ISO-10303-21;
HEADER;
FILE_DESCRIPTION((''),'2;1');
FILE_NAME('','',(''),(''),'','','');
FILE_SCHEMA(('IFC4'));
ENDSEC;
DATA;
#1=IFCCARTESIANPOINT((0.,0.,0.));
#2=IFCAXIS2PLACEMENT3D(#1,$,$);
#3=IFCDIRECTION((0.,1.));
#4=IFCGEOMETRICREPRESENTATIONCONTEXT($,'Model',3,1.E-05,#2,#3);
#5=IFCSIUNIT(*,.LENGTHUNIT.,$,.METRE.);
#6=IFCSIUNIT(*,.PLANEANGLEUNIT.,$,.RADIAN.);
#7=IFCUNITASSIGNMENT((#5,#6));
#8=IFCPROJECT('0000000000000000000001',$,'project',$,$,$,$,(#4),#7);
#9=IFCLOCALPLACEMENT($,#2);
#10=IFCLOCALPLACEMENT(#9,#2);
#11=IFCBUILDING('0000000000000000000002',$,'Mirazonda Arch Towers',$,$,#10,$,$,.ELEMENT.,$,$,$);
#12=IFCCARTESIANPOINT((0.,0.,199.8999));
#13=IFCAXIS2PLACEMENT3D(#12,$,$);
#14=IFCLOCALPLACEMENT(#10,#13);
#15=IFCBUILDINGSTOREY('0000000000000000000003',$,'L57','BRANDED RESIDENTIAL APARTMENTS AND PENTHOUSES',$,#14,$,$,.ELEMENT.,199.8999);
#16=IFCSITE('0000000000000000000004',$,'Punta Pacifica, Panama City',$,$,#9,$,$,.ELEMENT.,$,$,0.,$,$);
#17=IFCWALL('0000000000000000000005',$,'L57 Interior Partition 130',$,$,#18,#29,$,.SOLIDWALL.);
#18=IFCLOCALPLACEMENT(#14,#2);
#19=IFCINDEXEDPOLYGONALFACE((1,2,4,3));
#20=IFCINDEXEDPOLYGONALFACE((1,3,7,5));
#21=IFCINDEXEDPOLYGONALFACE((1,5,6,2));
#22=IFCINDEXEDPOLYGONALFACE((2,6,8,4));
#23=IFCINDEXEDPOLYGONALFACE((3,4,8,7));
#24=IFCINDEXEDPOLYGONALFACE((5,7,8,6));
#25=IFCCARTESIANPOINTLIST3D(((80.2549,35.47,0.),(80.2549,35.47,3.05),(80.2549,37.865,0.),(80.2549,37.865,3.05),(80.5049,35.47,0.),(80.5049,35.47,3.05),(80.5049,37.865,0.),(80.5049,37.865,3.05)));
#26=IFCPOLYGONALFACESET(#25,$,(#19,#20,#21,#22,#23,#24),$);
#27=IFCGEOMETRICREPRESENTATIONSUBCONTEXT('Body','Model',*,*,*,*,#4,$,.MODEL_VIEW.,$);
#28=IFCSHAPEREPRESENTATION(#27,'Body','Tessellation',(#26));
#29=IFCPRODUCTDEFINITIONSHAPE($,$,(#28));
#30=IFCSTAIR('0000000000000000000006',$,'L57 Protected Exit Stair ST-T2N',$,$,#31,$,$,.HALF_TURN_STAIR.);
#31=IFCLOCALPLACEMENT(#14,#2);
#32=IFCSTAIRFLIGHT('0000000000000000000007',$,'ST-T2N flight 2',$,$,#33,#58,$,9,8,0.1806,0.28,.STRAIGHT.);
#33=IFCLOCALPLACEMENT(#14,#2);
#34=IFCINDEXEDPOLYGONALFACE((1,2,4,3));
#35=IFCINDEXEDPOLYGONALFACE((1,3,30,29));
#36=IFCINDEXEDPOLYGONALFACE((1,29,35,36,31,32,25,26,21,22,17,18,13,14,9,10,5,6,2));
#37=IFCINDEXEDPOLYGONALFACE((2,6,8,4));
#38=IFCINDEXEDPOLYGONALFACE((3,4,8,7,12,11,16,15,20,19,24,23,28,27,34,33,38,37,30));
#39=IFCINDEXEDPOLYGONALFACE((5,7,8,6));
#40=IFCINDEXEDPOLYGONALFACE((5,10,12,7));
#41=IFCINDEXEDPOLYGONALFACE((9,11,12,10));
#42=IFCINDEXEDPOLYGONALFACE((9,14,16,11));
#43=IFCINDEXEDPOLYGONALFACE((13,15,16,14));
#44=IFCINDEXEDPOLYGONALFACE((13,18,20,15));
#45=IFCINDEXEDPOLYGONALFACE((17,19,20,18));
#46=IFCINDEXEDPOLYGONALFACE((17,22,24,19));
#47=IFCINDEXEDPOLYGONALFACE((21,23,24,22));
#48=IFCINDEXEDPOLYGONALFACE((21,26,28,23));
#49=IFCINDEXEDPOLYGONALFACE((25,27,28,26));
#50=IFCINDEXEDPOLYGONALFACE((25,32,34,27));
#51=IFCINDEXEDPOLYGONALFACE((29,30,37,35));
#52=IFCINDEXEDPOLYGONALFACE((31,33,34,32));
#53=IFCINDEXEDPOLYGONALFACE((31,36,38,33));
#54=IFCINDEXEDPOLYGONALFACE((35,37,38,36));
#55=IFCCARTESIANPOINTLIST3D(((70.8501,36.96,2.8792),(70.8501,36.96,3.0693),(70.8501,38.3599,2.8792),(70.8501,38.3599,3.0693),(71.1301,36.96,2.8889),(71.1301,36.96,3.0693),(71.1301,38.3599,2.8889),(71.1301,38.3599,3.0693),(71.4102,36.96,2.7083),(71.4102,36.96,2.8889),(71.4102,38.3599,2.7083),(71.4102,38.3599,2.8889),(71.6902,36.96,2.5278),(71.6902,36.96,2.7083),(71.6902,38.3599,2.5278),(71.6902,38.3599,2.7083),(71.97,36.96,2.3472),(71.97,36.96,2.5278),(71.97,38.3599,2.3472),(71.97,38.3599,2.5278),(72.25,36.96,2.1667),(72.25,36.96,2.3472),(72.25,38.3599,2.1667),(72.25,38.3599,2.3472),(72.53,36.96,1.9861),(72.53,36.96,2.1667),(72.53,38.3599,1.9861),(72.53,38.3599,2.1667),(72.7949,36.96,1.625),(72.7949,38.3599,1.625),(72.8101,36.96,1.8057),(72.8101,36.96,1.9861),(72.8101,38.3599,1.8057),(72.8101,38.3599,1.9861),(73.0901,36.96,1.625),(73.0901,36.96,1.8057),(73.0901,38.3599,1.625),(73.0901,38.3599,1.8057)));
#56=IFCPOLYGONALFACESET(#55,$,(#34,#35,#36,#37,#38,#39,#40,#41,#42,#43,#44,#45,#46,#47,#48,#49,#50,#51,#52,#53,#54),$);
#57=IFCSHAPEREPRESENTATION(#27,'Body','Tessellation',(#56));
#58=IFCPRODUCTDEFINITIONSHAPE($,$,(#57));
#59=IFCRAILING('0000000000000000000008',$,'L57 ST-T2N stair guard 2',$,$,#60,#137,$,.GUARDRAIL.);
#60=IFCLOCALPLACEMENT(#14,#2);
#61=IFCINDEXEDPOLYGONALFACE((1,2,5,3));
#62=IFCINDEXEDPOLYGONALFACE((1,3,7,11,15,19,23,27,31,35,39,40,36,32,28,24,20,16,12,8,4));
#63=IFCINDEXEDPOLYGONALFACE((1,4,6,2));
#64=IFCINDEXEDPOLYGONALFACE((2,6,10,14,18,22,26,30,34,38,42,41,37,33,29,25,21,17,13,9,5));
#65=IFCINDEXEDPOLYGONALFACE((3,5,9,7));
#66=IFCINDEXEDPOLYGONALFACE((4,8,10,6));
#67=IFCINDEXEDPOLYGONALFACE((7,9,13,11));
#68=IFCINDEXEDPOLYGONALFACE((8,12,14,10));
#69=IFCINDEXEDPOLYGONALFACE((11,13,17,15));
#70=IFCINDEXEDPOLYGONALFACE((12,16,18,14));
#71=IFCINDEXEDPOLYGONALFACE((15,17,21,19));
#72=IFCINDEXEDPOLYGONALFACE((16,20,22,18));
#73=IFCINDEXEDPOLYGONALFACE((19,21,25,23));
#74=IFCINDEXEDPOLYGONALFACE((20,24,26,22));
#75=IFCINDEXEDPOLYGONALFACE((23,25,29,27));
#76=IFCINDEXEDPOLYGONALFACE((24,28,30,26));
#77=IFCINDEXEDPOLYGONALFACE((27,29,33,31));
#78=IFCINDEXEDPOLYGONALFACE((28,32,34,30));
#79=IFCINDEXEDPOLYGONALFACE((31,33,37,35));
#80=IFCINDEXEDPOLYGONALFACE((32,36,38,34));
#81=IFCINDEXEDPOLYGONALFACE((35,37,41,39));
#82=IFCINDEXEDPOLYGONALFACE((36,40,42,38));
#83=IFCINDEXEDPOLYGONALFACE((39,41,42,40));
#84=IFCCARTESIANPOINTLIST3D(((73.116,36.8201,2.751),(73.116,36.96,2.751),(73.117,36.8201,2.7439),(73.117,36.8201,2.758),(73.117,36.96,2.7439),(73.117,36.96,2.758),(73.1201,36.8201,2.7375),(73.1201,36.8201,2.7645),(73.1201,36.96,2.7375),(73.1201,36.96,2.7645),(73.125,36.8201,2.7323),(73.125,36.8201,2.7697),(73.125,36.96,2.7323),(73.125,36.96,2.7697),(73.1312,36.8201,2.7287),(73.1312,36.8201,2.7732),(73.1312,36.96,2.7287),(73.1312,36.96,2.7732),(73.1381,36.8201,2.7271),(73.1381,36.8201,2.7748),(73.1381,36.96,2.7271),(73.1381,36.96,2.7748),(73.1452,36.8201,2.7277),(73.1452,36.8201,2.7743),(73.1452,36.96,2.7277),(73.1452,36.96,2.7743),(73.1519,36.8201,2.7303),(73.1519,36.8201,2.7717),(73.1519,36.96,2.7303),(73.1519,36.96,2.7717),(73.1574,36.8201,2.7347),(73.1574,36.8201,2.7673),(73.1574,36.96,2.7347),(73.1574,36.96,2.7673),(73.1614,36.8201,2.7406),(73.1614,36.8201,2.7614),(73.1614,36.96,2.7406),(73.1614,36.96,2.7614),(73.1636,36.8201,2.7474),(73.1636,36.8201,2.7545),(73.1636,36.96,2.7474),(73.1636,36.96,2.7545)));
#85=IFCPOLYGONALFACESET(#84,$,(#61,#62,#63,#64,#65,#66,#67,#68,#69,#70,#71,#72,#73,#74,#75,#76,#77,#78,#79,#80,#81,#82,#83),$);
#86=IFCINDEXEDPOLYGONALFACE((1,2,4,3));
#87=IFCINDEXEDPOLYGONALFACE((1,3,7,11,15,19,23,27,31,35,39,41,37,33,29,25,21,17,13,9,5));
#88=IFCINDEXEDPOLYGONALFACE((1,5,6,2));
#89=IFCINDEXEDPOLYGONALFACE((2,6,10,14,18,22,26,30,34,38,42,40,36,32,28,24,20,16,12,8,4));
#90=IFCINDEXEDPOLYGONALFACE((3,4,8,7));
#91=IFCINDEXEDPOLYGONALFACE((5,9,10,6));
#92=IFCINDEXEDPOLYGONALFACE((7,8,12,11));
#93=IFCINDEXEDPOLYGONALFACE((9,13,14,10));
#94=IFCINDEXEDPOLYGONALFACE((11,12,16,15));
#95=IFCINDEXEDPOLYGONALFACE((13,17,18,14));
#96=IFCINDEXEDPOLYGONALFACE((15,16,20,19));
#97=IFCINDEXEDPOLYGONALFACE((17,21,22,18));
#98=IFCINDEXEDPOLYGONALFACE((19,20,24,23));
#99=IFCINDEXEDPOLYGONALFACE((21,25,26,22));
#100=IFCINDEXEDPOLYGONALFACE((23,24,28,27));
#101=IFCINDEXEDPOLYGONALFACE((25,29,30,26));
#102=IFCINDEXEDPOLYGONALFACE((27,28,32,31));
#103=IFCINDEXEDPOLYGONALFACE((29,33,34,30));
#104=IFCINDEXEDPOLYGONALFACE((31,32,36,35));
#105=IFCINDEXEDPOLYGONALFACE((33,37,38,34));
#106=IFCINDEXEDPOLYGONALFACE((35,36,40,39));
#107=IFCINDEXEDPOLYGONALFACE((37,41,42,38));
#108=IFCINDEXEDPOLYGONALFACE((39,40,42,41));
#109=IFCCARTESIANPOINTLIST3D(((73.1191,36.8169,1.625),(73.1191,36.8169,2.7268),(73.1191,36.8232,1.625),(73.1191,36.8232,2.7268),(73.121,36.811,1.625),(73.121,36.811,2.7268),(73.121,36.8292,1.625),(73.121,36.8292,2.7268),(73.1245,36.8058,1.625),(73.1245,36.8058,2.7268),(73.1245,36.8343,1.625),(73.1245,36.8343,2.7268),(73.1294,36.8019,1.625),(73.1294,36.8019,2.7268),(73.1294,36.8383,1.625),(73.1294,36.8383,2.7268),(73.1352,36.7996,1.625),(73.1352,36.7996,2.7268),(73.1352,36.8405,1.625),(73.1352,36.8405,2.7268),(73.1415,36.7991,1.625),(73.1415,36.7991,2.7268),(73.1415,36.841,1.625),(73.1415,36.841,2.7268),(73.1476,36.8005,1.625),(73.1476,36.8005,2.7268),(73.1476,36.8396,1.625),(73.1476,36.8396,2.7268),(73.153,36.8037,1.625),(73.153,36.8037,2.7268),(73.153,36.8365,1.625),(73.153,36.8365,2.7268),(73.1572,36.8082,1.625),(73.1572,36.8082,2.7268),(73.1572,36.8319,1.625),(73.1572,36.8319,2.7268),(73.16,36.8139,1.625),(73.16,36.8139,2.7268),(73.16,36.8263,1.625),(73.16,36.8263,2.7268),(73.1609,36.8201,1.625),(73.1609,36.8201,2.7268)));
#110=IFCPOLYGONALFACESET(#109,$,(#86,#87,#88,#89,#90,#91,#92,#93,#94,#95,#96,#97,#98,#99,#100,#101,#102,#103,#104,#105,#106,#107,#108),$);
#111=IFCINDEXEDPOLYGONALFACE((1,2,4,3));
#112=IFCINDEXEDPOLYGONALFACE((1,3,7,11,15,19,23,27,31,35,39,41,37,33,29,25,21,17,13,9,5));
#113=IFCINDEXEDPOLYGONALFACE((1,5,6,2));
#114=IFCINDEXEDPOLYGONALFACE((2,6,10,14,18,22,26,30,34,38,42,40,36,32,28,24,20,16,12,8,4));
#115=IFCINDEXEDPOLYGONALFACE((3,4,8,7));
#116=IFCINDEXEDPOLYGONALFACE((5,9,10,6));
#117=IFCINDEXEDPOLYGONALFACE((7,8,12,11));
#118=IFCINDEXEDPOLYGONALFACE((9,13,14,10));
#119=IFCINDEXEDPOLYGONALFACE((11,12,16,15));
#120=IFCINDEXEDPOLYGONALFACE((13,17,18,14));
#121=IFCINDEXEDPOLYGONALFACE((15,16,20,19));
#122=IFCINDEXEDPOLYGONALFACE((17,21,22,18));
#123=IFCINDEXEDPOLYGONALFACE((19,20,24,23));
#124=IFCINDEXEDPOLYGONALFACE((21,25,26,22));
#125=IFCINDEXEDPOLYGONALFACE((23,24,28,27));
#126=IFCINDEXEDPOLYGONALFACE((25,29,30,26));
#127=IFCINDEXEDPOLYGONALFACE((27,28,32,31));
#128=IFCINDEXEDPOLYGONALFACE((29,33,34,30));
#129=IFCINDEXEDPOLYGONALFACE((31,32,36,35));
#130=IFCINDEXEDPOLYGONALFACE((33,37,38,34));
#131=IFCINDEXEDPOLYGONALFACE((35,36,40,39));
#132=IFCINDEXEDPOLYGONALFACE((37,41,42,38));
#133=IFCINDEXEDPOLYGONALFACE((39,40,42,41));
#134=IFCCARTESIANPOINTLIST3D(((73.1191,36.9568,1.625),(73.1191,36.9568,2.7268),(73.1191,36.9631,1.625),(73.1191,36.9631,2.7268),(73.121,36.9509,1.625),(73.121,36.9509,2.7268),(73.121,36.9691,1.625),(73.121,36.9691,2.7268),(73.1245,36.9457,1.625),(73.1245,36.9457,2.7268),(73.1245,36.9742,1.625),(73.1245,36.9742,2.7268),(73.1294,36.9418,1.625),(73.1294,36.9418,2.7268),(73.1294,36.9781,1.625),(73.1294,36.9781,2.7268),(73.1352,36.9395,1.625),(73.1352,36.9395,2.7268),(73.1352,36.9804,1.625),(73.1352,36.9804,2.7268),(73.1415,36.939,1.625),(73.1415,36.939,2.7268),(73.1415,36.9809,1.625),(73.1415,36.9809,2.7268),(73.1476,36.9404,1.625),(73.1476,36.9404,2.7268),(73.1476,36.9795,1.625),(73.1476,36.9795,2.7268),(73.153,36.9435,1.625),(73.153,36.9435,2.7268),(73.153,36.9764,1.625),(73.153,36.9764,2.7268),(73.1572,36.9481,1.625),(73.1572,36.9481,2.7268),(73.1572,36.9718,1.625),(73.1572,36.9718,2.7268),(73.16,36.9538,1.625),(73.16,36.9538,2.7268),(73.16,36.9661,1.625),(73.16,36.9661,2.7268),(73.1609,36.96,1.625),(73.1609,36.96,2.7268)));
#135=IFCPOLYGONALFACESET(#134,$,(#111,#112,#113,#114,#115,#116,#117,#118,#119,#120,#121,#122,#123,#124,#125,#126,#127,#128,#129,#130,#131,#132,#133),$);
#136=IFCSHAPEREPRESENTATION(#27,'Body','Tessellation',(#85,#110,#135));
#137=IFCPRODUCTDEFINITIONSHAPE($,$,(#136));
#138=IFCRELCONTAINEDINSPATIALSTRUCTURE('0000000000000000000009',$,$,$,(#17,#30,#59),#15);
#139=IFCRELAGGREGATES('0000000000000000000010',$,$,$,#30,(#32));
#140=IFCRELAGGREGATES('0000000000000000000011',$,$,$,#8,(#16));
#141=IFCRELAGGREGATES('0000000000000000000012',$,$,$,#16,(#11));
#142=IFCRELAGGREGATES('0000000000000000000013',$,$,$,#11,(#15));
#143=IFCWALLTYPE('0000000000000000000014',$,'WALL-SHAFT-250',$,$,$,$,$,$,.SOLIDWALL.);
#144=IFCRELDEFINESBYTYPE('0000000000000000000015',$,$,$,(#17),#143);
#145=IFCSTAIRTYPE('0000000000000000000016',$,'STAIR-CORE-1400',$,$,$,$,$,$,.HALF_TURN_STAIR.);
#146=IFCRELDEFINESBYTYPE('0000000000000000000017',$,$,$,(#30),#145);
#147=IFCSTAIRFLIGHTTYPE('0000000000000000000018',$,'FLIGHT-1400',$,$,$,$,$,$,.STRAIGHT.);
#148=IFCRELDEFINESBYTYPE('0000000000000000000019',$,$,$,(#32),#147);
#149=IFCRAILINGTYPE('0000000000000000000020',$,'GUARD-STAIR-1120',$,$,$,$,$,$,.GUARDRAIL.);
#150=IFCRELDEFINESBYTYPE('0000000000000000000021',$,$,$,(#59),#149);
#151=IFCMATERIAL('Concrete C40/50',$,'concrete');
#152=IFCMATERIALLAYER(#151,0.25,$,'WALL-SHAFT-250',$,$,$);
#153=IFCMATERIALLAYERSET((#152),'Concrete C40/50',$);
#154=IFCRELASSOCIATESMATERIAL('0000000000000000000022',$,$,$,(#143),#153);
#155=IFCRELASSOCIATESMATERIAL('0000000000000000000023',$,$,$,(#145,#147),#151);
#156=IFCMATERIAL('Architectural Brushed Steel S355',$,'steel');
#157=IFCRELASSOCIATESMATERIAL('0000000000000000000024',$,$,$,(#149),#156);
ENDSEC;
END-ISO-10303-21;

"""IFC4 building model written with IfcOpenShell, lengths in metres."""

from ifc_helpers import new_model, si_unit, direction, frame, frame_2d, origin, origin_2d, place, context, subcontext, project, spatial, polyline, rectangle, circle, outline, extrude, material, layer, layer_set, type_object, element, aggregate, save


model = new_model("IFC4")

# Units and contexts
model_context = context("Model", 3, precision=1e-05, world=origin(), true_north=direction((0.0, 1.0)))
body_context = subcontext(model_context, "Body", "Model", "MODEL_VIEW")
ifc_project = project(units=[si_unit("LENGTHUNIT", "METRE"), si_unit("PLANEANGLEUNIT", "RADIAN")], contexts=[model_context])

# Site, building, storey
site_placement = place(None, origin())
site = spatial("IfcSite", under=ifc_project, at=site_placement, Name="Punta Pacifica, Panama City", CompositionType="ELEMENT", RefElevation=0.0)
building_placement = place(site_placement, origin())
building = spatial("IfcBuilding", under=site, at=building_placement, Name="Mirazonda Arch Towers", CompositionType="ELEMENT")
storey_placement = place(building_placement, frame((0.0, 0.0, 199.8999)))
storey = spatial("IfcBuildingStorey", under=building, at=storey_placement, Name="L57", Description="BRANDED RESIDENTIAL APARTMENTS AND PENTHOUSES", CompositionType="ELEMENT", Elevation=199.8999)

# Shared definitions
ifc_material_1 = material(Name="Concrete C40/50", Category="concrete")

# Shared definitions
ifc_material_2 = material(Name="Architectural Brushed Steel S355", Category="steel")

# Wall
ifc_layer_1 = layer(ifc_material_1, 0.25, Name="WALL-SHAFT-250")
ifc_layer_set_1 = layer_set([ifc_layer_1], Name="Concrete C40/50")
wall_type_1 = type_object("IfcWallType", Name="WALL-SHAFT-250", PredefinedType="SOLIDWALL", material=ifc_layer_set_1)
wall_1_placement = place(storey_placement, frame((80.3799, 35.47, 0.0), z_axis=(0.0, 0.0, 1.0), x_axis=(0.0, 1.0, 0.0)))
element("IfcWall", 1, at=wall_1_placement, inside=storey, type_object=wall_type_1, Name="L57 Interior Partition 130", PredefinedType="SOLIDWALL", context=body_context, shape_type="SweptSolid", body=[
    extrude(rectangle(XDim=2.395, YDim=0.25, at=frame_2d((1.1975, 0.0))), origin(), (0.0, 0.0, 1.0), 3.05),
])

# Stair, stair flight
stair_type = type_object("IfcStairType", Name="STAIR-CORE-1400", PredefinedType="HALF_TURN_STAIR", material=ifc_material_1)
stair_placement = place(storey_placement, origin())
stair = element("IfcStair", 2, at=stair_placement, inside=storey, type_object=stair_type, Name="L57 Protected Exit Stair ST-T2N", PredefinedType="HALF_TURN_STAIR")
stair_flight_type = type_object("IfcStairFlightType", Name="FLIGHT-1400", PredefinedType="STRAIGHT", material=ifc_material_1)
stair_flight_placement = place(storey_placement, frame((73.0901, 37.6599, 1.625), z_axis=(0.0, 0.0, 1.0), x_axis=(-1.0, 0.0, 0.0)))
stair_flight = element("IfcStairFlight", 3, at=stair_flight_placement, type_object=stair_flight_type, Name="ST-T2N flight 2", NumberOfRisers=9, NumberOfTreads=8, PredefinedType="STRAIGHT", RiserHeight=0.1806, TreadLength=0.28, context=body_context, shape_type="SweptSolid", body=[
    extrude(outline(polyline([(0.0, 0.0), (0.0, 0.1807), (0.28, 0.1807), (0.28, 0.3611), (0.5601, 0.3611), (0.5601, 0.5417), (0.8401, 0.5417), (0.8401, 0.7222), (1.1201, 0.7222), (1.1201, 0.9028), (1.3999, 0.9028), (1.3999, 1.0833), (1.6799, 1.0833), (1.6799, 1.2639), (1.96, 1.2639), (1.96, 1.4443), (2.24, 1.4443), (2.24, 1.625), (2.24, 1.2542), (0.2952, 0.0), (0.0, 0.0)])), frame((0.0, 0.7, 0.0), z_axis=(0.0, -1.0, 0.0), x_axis=(1.0, 0.0, 0.0)), (0.0, 0.0, 1.0), 1.3999),
])
aggregate(stair, [stair_flight])

# Railing
railing_type_1 = type_object("IfcRailingType", Name="GUARD-STAIR-1120", PredefinedType="GUARDRAIL", material=ifc_material_2)
railing_1_placement = place(storey_placement, frame((73.1399, 36.8201, 1.625)))
element("IfcRailing", 4, at=railing_1_placement, inside=storey, type_object=railing_type_1, Name="L57 ST-T2N stair guard 2", PredefinedType="GUARDRAIL", context=body_context, shape_type="SweptSolid", body=[
    extrude(circle(Radius=0.0239, at=origin_2d()), frame((0.0, 0.0, 1.126), z_axis=(0.0, 1.0, 0.0), x_axis=(-1.0, 0.0, 0.0)), (0.0, 0.0, 1.0), 0.1399),
    extrude(circle(Radius=0.021, at=origin_2d()), origin(), (0.0, 0.0, 1.0), 1.1018),
    extrude(circle(Radius=0.021, at=origin_2d()), frame((0.0, 0.1399, 0.0)), (0.0, 0.0, 1.0), 1.1018),
])

save(model, "model.ifc")
